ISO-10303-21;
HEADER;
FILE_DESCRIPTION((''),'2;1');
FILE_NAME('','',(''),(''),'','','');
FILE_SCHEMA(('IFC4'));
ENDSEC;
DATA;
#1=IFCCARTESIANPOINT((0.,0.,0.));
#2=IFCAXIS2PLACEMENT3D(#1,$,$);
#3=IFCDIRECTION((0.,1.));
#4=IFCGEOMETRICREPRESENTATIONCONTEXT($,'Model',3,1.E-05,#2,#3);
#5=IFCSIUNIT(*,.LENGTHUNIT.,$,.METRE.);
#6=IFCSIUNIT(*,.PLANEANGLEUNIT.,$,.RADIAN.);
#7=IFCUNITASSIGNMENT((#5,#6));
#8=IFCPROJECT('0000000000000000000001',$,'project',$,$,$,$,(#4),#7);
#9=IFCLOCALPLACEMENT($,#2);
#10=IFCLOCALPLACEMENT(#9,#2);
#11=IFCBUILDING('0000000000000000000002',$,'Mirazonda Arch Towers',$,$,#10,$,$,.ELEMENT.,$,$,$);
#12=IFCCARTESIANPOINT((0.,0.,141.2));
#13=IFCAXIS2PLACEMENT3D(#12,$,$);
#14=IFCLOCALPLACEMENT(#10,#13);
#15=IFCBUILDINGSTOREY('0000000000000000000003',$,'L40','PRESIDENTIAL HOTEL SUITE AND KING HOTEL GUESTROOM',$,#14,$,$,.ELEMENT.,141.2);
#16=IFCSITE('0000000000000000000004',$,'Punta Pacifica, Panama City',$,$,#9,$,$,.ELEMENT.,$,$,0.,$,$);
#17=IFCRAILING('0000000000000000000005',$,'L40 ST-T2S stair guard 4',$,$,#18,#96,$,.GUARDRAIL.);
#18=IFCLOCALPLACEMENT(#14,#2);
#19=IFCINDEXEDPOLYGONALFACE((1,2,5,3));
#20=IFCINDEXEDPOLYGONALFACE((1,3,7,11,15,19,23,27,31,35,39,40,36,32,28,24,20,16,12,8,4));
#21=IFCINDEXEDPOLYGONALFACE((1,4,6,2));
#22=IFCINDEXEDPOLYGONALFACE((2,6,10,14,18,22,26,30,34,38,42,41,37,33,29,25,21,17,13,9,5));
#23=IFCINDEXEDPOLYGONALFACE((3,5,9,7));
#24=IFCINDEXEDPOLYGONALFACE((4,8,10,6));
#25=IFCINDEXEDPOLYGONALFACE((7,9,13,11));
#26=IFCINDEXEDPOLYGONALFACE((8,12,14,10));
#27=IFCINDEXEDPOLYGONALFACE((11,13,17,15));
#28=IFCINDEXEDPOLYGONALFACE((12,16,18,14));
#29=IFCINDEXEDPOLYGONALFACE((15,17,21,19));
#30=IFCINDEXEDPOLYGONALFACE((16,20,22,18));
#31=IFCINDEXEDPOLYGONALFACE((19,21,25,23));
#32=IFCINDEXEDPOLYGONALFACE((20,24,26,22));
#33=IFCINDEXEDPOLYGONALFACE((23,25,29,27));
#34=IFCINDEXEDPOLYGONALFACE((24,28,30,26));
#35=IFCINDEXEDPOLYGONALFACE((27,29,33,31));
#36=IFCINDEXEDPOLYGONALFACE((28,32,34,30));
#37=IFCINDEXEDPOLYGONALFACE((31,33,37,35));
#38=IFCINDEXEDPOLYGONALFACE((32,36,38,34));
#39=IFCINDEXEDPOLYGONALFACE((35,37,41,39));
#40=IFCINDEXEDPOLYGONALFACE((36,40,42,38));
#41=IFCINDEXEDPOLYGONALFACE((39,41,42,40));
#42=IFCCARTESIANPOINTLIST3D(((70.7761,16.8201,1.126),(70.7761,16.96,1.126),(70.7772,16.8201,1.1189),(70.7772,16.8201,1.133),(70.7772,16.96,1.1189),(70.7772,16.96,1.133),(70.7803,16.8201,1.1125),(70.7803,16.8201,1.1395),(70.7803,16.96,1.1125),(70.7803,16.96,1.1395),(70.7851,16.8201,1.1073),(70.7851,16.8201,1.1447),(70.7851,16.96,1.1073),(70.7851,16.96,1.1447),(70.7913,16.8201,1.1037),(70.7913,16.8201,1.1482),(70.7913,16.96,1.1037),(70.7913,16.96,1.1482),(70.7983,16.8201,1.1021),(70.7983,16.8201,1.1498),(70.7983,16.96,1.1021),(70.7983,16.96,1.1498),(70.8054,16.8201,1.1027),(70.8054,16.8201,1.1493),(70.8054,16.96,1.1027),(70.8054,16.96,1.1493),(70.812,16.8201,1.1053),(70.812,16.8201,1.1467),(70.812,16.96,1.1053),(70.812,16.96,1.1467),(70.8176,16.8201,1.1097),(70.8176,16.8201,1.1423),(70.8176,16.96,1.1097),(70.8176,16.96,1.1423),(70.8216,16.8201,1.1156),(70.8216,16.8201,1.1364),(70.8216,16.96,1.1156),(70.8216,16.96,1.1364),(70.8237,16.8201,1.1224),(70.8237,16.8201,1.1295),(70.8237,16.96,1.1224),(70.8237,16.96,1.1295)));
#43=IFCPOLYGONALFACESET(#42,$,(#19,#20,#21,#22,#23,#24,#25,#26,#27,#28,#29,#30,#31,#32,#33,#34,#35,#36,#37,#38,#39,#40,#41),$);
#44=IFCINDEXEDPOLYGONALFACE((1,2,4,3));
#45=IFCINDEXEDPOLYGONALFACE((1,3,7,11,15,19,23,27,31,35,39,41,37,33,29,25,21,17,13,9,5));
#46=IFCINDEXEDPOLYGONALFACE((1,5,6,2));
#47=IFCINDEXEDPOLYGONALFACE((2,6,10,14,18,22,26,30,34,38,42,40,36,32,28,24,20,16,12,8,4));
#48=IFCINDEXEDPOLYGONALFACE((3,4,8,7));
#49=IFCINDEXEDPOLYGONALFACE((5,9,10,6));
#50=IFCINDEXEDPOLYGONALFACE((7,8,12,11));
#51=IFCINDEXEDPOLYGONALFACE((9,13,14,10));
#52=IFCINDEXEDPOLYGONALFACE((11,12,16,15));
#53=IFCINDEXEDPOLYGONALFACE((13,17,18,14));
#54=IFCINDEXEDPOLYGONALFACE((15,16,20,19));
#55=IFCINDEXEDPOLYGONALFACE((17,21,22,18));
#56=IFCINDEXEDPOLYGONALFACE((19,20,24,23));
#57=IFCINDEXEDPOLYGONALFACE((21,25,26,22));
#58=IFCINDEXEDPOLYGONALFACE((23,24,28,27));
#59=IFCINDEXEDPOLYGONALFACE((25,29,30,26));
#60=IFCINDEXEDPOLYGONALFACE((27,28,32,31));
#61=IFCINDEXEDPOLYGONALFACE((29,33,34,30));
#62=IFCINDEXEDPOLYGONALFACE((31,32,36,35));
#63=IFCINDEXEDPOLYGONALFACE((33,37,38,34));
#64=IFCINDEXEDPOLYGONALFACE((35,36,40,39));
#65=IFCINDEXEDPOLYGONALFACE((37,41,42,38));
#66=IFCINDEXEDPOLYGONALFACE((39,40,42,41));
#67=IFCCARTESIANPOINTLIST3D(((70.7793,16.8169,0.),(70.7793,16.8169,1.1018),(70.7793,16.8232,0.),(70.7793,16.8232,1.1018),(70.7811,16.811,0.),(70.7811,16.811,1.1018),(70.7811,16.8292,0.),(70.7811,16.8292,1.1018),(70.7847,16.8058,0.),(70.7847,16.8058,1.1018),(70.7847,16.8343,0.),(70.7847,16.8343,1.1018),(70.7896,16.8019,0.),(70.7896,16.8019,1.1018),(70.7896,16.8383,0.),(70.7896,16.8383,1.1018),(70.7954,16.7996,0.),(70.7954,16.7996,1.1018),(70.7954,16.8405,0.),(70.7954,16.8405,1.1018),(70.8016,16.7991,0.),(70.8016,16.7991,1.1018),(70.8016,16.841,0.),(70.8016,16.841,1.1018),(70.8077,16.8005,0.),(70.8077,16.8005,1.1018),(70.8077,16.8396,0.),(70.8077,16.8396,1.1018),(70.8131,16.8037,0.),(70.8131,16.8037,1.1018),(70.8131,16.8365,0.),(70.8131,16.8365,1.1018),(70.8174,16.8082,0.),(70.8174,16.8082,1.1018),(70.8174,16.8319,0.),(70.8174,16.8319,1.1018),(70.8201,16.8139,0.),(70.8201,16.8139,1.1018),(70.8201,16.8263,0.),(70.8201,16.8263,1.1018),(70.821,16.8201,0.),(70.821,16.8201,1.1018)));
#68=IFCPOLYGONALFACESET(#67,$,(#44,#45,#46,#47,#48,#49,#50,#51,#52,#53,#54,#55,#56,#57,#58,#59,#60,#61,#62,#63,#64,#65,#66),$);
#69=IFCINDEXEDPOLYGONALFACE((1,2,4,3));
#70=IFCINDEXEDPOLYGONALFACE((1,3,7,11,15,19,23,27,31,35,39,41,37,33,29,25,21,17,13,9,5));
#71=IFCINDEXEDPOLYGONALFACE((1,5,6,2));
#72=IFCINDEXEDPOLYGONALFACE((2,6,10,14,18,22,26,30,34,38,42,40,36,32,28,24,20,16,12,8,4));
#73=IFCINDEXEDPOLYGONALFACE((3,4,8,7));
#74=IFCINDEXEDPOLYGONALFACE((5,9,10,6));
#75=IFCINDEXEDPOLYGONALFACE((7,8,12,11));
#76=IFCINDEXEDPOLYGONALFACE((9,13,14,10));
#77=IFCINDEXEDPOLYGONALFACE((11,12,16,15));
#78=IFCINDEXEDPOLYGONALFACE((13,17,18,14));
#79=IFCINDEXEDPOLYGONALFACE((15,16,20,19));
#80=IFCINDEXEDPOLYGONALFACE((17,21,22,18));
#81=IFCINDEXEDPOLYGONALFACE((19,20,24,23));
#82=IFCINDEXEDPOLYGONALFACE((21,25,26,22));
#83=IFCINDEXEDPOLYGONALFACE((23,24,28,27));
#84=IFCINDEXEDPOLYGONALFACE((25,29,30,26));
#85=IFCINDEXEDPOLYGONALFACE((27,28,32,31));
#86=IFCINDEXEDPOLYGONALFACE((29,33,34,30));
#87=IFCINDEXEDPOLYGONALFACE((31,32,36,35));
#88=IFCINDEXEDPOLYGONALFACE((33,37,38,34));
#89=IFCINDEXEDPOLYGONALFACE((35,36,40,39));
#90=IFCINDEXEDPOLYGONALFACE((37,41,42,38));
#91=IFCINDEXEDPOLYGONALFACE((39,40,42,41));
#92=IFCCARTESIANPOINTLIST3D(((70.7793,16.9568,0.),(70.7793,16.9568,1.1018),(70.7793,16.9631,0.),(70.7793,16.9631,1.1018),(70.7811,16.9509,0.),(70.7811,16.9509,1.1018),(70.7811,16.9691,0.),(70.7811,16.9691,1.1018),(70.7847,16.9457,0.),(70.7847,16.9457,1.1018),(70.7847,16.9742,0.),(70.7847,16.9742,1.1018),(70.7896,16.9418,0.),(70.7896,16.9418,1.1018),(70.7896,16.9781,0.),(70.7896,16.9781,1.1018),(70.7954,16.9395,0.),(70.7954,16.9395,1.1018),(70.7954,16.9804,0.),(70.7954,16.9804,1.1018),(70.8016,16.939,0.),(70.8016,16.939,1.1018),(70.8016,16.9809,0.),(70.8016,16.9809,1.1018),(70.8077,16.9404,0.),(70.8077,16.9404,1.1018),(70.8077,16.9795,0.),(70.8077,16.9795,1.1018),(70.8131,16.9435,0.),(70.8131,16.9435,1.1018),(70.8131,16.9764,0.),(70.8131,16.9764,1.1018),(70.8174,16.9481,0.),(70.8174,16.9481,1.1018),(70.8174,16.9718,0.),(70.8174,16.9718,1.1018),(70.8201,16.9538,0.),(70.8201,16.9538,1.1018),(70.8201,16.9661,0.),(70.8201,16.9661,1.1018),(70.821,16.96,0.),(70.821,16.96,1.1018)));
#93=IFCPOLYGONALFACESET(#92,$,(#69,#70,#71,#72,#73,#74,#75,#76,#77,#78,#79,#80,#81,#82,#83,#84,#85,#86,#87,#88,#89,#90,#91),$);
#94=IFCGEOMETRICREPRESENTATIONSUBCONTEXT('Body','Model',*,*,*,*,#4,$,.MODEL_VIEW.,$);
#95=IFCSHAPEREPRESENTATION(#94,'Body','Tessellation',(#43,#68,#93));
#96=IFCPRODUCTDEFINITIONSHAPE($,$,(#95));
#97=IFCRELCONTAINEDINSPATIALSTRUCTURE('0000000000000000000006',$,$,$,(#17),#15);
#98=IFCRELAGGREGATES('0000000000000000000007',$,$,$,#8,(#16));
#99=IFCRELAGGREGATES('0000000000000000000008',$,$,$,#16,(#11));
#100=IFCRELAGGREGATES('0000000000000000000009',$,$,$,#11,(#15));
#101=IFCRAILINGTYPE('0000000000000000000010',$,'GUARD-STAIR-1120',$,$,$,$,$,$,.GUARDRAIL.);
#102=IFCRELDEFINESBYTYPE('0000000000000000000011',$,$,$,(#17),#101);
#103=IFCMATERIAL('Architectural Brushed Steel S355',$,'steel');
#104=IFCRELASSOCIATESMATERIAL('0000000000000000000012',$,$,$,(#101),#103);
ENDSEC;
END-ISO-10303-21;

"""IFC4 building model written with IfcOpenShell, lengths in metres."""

from ifc_helpers import new_model, si_unit, direction, frame, origin, origin_2d, place, context, subcontext, project, spatial, circle, extrude, material, type_object, element, save


model = new_model("IFC4")

# Units and contexts
model_context = context("Model", 3, precision=1e-05, world=origin(), true_north=direction((0.0, 1.0)))
body_context = subcontext(model_context, "Body", "Model", "MODEL_VIEW")
ifc_project = project(units=[si_unit("LENGTHUNIT", "METRE"), si_unit("PLANEANGLEUNIT", "RADIAN")], contexts=[model_context])

# Site, building, storey
site_placement = place(None, origin())
site = spatial("IfcSite", under=ifc_project, at=site_placement, Name="Punta Pacifica, Panama City", CompositionType="ELEMENT", RefElevation=0.0)
building_placement = place(site_placement, origin())
building = spatial("IfcBuilding", under=site, at=building_placement, Name="Mirazonda Arch Towers", CompositionType="ELEMENT")
storey_placement = place(building_placement, frame((0.0, 0.0, 141.2)))
storey = spatial("IfcBuildingStorey", under=building, at=storey_placement, Name="L40", Description="PRESIDENTIAL HOTEL SUITE AND KING HOTEL GUESTROOM", CompositionType="ELEMENT", Elevation=141.2)

# Railing
ifc_material_1 = material(Name="Architectural Brushed Steel S355", Category="steel")
railing_type_1 = type_object("IfcRailingType", Name="GUARD-STAIR-1120", PredefinedType="GUARDRAIL", material=ifc_material_1)
railing_1_placement = place(storey_placement, frame((70.8, 16.8201, 0.0)))
element("IfcRailing", 1, at=railing_1_placement, inside=storey, type_object=railing_type_1, Name="L40 ST-T2S stair guard 4", PredefinedType="GUARDRAIL", context=body_context, shape_type="SweptSolid", body=[
    extrude(circle(Radius=0.0239, at=origin_2d()), frame((0.0, 0.0, 1.126), z_axis=(0.0, 1.0, 0.0), x_axis=(-1.0, 0.0, 0.0)), (0.0, 0.0, 1.0), 0.1399),
    extrude(circle(Radius=0.021, at=origin_2d()), origin(), (0.0, 0.0, 1.0), 1.1018),
    extrude(circle(Radius=0.021, at=origin_2d()), frame((0.0, 0.1399, 0.0)), (0.0, 0.0, 1.0), 1.1018),
])

save(model, "model.ifc")
